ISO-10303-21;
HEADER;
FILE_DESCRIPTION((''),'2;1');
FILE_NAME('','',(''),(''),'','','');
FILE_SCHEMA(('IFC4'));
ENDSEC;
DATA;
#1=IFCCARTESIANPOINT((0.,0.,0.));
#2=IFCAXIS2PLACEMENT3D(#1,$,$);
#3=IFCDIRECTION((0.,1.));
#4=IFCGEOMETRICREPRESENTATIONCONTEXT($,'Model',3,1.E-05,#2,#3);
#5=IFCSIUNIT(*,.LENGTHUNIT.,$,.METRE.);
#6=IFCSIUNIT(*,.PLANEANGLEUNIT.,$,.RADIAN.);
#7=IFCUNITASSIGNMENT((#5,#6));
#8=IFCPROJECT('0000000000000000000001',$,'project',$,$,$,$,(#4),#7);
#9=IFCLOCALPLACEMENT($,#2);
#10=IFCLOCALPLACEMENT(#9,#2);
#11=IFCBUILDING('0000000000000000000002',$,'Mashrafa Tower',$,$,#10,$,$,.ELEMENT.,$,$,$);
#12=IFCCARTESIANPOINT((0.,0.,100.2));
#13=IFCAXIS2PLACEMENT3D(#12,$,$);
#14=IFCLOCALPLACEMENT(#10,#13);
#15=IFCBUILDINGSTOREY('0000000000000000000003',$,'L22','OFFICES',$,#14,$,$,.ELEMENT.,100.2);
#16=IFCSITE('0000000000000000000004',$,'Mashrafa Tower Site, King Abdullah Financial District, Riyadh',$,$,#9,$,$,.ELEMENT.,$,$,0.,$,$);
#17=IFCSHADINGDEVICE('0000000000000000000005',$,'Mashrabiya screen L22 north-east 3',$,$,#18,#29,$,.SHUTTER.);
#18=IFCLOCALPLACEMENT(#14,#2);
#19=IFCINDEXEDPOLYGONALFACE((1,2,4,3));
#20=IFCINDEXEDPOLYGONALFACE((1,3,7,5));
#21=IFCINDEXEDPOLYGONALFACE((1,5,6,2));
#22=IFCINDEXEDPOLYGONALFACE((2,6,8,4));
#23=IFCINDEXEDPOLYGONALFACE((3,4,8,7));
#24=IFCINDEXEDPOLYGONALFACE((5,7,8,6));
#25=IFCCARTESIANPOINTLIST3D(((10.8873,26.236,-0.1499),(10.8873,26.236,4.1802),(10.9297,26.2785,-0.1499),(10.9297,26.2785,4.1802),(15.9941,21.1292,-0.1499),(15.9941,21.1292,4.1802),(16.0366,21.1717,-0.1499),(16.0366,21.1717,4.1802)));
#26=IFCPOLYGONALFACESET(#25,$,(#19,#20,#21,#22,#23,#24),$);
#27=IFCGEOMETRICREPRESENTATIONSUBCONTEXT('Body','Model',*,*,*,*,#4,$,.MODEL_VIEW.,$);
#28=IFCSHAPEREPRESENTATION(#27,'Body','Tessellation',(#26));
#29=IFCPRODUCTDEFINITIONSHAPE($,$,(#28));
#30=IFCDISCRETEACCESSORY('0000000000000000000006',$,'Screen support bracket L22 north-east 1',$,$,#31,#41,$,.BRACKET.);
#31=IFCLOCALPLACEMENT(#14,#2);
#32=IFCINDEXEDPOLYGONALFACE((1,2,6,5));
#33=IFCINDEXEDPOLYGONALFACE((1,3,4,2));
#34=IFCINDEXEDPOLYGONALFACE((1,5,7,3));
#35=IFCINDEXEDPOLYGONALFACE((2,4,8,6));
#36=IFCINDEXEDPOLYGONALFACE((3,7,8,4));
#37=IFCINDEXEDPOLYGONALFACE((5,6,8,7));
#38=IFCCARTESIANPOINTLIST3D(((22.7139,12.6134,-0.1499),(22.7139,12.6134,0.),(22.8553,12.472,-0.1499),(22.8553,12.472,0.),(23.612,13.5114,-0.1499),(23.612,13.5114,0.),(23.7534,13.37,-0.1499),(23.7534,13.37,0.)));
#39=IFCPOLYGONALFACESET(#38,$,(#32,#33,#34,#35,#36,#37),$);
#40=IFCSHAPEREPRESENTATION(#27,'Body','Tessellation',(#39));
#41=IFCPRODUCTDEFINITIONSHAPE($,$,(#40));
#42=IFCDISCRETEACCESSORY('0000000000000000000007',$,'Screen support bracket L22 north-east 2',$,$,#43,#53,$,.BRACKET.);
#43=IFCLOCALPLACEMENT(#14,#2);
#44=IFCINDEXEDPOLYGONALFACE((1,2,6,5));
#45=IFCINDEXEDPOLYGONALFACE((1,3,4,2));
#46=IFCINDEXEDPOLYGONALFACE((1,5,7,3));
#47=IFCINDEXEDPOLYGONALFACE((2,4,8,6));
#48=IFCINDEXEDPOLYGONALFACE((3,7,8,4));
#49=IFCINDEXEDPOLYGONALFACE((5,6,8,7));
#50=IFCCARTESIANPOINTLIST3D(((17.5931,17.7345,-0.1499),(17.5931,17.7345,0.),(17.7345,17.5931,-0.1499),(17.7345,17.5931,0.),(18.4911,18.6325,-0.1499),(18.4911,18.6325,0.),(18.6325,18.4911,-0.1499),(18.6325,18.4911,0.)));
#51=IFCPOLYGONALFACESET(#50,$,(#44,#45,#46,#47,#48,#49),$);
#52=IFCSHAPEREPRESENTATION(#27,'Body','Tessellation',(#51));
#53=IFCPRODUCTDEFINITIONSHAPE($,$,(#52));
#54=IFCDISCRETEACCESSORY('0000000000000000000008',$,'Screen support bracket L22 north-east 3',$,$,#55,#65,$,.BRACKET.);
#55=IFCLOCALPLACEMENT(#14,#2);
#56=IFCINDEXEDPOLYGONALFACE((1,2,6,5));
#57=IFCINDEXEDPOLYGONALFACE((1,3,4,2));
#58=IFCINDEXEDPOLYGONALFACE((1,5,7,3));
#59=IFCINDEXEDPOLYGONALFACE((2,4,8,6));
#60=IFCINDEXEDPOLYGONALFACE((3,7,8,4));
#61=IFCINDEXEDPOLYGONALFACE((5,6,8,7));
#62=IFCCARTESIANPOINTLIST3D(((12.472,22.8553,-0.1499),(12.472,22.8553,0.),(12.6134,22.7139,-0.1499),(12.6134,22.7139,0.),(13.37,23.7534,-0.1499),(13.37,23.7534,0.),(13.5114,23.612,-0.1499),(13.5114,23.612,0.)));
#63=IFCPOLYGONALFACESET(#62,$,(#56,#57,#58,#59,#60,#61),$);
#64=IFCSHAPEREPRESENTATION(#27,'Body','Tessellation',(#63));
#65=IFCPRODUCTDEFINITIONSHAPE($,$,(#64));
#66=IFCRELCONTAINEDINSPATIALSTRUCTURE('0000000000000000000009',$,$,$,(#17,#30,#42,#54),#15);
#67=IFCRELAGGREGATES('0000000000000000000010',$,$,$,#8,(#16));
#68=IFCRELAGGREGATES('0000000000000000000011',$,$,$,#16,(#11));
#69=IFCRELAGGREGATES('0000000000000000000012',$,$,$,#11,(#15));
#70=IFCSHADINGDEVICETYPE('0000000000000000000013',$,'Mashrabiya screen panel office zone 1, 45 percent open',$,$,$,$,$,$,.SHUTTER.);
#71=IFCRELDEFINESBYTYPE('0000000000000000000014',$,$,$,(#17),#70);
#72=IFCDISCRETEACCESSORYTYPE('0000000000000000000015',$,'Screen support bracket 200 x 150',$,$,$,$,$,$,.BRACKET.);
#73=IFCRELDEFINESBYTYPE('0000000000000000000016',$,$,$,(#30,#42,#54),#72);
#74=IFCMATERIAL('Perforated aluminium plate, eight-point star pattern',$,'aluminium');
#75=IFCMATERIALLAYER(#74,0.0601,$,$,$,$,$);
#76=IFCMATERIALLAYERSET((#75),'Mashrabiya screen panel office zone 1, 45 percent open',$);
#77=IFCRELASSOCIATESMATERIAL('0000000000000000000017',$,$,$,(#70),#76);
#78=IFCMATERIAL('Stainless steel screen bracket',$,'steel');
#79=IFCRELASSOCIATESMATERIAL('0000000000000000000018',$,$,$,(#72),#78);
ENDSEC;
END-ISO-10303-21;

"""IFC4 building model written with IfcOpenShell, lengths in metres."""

from ifc_helpers import new_model, si_unit, direction, frame, origin, origin_2d, place, context, subcontext, project, spatial, rectangle, extrude, source, transform, mapped, material, layer, layer_set, type_object, type_shapes, element, save


model = new_model("IFC4")

# Units and contexts
model_context = context("Model", 3, precision=1e-05, world=origin(), true_north=direction((0.0, 1.0)))
body_context = subcontext(model_context, "Body", "Model", "MODEL_VIEW")
ifc_project = project(units=[si_unit("LENGTHUNIT", "METRE"), si_unit("PLANEANGLEUNIT", "RADIAN")], contexts=[model_context])

# Site, building, storey
site_placement = place(None, origin())
site = spatial("IfcSite", under=ifc_project, at=site_placement, Name="Mashrafa Tower Site, King Abdullah Financial District, Riyadh", CompositionType="ELEMENT", RefElevation=0.0)
building_placement = place(site_placement, origin())
building = spatial("IfcBuilding", under=site, at=building_placement, Name="Mashrafa Tower", CompositionType="ELEMENT")
storey_placement = place(building_placement, frame((0.0, 0.0, 100.2)))
storey = spatial("IfcBuildingStorey", under=building, at=storey_placement, Name="L22", Description="OFFICES", CompositionType="ELEMENT", Elevation=100.2)

# Shading device
ifc_material_1 = material(Name="Perforated aluminium plate, eight-point star pattern", Category="aluminium")
ifc_layer_1 = layer(ifc_material_1, 0.0601)
ifc_layer_set_1 = layer_set([ifc_layer_1], Name="Mashrabiya screen panel office zone 1, 45 percent open")
shading_device_type = type_object("IfcShadingDeviceType", Name="Mashrabiya screen panel office zone 1, 45 percent open", PredefinedType="SHUTTER", material=ifc_layer_set_1)
shared_shape_1 = source(origin(), body_context, "Body", "SweptSolid", [
    extrude(rectangle(XDim=7.2222, YDim=0.0601, at=origin_2d()), origin(), (0.0, 0.0, 1.0), 4.3301),
])
type_shapes(shading_device_type, [shared_shape_1])
for number, where, z_axis, x_axis, name in (
    (1, (13.4619, 23.7039, -0.1499), (0.0, 0.0, 1.0), (-0.707107, 0.707107, 0.0), "Mashrabiya screen L22 north-east 3"),
):
    element("IfcShadingDevice", number, at=place(storey_placement, frame(where, z_axis=z_axis, x_axis=x_axis)), inside=storey, type_object=shading_device_type, Name=name, PredefinedType="SHUTTER", context=body_context, shape_type="MappedRepresentation", body=[
        mapped(shared_shape_1, transform((0.0, 0.0, 0.0))),
    ])

# Discrete accessories
ifc_material_2 = material(Name="Stainless steel screen bracket", Category="steel")
discrete_accessory_type = type_object("IfcDiscreteAccessoryType", Name="Screen support bracket 200 x 150", PredefinedType="BRACKET", material=ifc_material_2)
shared_shape_2 = source(origin(), body_context, "Body", "SweptSolid", [
    extrude(rectangle(XDim=0.2, YDim=1.27, at=origin_2d()), origin(), (0.0, 0.0, 1.0), 0.1499),
])
type_shapes(discrete_accessory_type, [shared_shape_2])
for number, where, z_axis, x_axis, name in (
    (2, (23.2336, 12.9917, -0.1499), (0.0, 0.0, 1.0), (-0.707107, 0.707107, 0.0), "Screen support bracket L22 north-east 1"),
    (3, (18.1128, 18.1128, -0.1499), (0.0, 0.0, 1.0), (-0.707107, 0.707107, 0.0), "Screen support bracket L22 north-east 2"),
    (4, (12.9917, 23.2336, -0.1499), (0.0, 0.0, 1.0), (-0.707107, 0.707107, 0.0), "Screen support bracket L22 north-east 3"),
):
    element("IfcDiscreteAccessory", number, at=place(storey_placement, frame(where, z_axis=z_axis, x_axis=x_axis)), inside=storey, type_object=discrete_accessory_type, Name=name, PredefinedType="BRACKET", context=body_context, shape_type="MappedRepresentation", body=[
        mapped(shared_shape_2, transform((0.0, 0.0, 0.0))),
    ])

save(model, "model.ifc")
